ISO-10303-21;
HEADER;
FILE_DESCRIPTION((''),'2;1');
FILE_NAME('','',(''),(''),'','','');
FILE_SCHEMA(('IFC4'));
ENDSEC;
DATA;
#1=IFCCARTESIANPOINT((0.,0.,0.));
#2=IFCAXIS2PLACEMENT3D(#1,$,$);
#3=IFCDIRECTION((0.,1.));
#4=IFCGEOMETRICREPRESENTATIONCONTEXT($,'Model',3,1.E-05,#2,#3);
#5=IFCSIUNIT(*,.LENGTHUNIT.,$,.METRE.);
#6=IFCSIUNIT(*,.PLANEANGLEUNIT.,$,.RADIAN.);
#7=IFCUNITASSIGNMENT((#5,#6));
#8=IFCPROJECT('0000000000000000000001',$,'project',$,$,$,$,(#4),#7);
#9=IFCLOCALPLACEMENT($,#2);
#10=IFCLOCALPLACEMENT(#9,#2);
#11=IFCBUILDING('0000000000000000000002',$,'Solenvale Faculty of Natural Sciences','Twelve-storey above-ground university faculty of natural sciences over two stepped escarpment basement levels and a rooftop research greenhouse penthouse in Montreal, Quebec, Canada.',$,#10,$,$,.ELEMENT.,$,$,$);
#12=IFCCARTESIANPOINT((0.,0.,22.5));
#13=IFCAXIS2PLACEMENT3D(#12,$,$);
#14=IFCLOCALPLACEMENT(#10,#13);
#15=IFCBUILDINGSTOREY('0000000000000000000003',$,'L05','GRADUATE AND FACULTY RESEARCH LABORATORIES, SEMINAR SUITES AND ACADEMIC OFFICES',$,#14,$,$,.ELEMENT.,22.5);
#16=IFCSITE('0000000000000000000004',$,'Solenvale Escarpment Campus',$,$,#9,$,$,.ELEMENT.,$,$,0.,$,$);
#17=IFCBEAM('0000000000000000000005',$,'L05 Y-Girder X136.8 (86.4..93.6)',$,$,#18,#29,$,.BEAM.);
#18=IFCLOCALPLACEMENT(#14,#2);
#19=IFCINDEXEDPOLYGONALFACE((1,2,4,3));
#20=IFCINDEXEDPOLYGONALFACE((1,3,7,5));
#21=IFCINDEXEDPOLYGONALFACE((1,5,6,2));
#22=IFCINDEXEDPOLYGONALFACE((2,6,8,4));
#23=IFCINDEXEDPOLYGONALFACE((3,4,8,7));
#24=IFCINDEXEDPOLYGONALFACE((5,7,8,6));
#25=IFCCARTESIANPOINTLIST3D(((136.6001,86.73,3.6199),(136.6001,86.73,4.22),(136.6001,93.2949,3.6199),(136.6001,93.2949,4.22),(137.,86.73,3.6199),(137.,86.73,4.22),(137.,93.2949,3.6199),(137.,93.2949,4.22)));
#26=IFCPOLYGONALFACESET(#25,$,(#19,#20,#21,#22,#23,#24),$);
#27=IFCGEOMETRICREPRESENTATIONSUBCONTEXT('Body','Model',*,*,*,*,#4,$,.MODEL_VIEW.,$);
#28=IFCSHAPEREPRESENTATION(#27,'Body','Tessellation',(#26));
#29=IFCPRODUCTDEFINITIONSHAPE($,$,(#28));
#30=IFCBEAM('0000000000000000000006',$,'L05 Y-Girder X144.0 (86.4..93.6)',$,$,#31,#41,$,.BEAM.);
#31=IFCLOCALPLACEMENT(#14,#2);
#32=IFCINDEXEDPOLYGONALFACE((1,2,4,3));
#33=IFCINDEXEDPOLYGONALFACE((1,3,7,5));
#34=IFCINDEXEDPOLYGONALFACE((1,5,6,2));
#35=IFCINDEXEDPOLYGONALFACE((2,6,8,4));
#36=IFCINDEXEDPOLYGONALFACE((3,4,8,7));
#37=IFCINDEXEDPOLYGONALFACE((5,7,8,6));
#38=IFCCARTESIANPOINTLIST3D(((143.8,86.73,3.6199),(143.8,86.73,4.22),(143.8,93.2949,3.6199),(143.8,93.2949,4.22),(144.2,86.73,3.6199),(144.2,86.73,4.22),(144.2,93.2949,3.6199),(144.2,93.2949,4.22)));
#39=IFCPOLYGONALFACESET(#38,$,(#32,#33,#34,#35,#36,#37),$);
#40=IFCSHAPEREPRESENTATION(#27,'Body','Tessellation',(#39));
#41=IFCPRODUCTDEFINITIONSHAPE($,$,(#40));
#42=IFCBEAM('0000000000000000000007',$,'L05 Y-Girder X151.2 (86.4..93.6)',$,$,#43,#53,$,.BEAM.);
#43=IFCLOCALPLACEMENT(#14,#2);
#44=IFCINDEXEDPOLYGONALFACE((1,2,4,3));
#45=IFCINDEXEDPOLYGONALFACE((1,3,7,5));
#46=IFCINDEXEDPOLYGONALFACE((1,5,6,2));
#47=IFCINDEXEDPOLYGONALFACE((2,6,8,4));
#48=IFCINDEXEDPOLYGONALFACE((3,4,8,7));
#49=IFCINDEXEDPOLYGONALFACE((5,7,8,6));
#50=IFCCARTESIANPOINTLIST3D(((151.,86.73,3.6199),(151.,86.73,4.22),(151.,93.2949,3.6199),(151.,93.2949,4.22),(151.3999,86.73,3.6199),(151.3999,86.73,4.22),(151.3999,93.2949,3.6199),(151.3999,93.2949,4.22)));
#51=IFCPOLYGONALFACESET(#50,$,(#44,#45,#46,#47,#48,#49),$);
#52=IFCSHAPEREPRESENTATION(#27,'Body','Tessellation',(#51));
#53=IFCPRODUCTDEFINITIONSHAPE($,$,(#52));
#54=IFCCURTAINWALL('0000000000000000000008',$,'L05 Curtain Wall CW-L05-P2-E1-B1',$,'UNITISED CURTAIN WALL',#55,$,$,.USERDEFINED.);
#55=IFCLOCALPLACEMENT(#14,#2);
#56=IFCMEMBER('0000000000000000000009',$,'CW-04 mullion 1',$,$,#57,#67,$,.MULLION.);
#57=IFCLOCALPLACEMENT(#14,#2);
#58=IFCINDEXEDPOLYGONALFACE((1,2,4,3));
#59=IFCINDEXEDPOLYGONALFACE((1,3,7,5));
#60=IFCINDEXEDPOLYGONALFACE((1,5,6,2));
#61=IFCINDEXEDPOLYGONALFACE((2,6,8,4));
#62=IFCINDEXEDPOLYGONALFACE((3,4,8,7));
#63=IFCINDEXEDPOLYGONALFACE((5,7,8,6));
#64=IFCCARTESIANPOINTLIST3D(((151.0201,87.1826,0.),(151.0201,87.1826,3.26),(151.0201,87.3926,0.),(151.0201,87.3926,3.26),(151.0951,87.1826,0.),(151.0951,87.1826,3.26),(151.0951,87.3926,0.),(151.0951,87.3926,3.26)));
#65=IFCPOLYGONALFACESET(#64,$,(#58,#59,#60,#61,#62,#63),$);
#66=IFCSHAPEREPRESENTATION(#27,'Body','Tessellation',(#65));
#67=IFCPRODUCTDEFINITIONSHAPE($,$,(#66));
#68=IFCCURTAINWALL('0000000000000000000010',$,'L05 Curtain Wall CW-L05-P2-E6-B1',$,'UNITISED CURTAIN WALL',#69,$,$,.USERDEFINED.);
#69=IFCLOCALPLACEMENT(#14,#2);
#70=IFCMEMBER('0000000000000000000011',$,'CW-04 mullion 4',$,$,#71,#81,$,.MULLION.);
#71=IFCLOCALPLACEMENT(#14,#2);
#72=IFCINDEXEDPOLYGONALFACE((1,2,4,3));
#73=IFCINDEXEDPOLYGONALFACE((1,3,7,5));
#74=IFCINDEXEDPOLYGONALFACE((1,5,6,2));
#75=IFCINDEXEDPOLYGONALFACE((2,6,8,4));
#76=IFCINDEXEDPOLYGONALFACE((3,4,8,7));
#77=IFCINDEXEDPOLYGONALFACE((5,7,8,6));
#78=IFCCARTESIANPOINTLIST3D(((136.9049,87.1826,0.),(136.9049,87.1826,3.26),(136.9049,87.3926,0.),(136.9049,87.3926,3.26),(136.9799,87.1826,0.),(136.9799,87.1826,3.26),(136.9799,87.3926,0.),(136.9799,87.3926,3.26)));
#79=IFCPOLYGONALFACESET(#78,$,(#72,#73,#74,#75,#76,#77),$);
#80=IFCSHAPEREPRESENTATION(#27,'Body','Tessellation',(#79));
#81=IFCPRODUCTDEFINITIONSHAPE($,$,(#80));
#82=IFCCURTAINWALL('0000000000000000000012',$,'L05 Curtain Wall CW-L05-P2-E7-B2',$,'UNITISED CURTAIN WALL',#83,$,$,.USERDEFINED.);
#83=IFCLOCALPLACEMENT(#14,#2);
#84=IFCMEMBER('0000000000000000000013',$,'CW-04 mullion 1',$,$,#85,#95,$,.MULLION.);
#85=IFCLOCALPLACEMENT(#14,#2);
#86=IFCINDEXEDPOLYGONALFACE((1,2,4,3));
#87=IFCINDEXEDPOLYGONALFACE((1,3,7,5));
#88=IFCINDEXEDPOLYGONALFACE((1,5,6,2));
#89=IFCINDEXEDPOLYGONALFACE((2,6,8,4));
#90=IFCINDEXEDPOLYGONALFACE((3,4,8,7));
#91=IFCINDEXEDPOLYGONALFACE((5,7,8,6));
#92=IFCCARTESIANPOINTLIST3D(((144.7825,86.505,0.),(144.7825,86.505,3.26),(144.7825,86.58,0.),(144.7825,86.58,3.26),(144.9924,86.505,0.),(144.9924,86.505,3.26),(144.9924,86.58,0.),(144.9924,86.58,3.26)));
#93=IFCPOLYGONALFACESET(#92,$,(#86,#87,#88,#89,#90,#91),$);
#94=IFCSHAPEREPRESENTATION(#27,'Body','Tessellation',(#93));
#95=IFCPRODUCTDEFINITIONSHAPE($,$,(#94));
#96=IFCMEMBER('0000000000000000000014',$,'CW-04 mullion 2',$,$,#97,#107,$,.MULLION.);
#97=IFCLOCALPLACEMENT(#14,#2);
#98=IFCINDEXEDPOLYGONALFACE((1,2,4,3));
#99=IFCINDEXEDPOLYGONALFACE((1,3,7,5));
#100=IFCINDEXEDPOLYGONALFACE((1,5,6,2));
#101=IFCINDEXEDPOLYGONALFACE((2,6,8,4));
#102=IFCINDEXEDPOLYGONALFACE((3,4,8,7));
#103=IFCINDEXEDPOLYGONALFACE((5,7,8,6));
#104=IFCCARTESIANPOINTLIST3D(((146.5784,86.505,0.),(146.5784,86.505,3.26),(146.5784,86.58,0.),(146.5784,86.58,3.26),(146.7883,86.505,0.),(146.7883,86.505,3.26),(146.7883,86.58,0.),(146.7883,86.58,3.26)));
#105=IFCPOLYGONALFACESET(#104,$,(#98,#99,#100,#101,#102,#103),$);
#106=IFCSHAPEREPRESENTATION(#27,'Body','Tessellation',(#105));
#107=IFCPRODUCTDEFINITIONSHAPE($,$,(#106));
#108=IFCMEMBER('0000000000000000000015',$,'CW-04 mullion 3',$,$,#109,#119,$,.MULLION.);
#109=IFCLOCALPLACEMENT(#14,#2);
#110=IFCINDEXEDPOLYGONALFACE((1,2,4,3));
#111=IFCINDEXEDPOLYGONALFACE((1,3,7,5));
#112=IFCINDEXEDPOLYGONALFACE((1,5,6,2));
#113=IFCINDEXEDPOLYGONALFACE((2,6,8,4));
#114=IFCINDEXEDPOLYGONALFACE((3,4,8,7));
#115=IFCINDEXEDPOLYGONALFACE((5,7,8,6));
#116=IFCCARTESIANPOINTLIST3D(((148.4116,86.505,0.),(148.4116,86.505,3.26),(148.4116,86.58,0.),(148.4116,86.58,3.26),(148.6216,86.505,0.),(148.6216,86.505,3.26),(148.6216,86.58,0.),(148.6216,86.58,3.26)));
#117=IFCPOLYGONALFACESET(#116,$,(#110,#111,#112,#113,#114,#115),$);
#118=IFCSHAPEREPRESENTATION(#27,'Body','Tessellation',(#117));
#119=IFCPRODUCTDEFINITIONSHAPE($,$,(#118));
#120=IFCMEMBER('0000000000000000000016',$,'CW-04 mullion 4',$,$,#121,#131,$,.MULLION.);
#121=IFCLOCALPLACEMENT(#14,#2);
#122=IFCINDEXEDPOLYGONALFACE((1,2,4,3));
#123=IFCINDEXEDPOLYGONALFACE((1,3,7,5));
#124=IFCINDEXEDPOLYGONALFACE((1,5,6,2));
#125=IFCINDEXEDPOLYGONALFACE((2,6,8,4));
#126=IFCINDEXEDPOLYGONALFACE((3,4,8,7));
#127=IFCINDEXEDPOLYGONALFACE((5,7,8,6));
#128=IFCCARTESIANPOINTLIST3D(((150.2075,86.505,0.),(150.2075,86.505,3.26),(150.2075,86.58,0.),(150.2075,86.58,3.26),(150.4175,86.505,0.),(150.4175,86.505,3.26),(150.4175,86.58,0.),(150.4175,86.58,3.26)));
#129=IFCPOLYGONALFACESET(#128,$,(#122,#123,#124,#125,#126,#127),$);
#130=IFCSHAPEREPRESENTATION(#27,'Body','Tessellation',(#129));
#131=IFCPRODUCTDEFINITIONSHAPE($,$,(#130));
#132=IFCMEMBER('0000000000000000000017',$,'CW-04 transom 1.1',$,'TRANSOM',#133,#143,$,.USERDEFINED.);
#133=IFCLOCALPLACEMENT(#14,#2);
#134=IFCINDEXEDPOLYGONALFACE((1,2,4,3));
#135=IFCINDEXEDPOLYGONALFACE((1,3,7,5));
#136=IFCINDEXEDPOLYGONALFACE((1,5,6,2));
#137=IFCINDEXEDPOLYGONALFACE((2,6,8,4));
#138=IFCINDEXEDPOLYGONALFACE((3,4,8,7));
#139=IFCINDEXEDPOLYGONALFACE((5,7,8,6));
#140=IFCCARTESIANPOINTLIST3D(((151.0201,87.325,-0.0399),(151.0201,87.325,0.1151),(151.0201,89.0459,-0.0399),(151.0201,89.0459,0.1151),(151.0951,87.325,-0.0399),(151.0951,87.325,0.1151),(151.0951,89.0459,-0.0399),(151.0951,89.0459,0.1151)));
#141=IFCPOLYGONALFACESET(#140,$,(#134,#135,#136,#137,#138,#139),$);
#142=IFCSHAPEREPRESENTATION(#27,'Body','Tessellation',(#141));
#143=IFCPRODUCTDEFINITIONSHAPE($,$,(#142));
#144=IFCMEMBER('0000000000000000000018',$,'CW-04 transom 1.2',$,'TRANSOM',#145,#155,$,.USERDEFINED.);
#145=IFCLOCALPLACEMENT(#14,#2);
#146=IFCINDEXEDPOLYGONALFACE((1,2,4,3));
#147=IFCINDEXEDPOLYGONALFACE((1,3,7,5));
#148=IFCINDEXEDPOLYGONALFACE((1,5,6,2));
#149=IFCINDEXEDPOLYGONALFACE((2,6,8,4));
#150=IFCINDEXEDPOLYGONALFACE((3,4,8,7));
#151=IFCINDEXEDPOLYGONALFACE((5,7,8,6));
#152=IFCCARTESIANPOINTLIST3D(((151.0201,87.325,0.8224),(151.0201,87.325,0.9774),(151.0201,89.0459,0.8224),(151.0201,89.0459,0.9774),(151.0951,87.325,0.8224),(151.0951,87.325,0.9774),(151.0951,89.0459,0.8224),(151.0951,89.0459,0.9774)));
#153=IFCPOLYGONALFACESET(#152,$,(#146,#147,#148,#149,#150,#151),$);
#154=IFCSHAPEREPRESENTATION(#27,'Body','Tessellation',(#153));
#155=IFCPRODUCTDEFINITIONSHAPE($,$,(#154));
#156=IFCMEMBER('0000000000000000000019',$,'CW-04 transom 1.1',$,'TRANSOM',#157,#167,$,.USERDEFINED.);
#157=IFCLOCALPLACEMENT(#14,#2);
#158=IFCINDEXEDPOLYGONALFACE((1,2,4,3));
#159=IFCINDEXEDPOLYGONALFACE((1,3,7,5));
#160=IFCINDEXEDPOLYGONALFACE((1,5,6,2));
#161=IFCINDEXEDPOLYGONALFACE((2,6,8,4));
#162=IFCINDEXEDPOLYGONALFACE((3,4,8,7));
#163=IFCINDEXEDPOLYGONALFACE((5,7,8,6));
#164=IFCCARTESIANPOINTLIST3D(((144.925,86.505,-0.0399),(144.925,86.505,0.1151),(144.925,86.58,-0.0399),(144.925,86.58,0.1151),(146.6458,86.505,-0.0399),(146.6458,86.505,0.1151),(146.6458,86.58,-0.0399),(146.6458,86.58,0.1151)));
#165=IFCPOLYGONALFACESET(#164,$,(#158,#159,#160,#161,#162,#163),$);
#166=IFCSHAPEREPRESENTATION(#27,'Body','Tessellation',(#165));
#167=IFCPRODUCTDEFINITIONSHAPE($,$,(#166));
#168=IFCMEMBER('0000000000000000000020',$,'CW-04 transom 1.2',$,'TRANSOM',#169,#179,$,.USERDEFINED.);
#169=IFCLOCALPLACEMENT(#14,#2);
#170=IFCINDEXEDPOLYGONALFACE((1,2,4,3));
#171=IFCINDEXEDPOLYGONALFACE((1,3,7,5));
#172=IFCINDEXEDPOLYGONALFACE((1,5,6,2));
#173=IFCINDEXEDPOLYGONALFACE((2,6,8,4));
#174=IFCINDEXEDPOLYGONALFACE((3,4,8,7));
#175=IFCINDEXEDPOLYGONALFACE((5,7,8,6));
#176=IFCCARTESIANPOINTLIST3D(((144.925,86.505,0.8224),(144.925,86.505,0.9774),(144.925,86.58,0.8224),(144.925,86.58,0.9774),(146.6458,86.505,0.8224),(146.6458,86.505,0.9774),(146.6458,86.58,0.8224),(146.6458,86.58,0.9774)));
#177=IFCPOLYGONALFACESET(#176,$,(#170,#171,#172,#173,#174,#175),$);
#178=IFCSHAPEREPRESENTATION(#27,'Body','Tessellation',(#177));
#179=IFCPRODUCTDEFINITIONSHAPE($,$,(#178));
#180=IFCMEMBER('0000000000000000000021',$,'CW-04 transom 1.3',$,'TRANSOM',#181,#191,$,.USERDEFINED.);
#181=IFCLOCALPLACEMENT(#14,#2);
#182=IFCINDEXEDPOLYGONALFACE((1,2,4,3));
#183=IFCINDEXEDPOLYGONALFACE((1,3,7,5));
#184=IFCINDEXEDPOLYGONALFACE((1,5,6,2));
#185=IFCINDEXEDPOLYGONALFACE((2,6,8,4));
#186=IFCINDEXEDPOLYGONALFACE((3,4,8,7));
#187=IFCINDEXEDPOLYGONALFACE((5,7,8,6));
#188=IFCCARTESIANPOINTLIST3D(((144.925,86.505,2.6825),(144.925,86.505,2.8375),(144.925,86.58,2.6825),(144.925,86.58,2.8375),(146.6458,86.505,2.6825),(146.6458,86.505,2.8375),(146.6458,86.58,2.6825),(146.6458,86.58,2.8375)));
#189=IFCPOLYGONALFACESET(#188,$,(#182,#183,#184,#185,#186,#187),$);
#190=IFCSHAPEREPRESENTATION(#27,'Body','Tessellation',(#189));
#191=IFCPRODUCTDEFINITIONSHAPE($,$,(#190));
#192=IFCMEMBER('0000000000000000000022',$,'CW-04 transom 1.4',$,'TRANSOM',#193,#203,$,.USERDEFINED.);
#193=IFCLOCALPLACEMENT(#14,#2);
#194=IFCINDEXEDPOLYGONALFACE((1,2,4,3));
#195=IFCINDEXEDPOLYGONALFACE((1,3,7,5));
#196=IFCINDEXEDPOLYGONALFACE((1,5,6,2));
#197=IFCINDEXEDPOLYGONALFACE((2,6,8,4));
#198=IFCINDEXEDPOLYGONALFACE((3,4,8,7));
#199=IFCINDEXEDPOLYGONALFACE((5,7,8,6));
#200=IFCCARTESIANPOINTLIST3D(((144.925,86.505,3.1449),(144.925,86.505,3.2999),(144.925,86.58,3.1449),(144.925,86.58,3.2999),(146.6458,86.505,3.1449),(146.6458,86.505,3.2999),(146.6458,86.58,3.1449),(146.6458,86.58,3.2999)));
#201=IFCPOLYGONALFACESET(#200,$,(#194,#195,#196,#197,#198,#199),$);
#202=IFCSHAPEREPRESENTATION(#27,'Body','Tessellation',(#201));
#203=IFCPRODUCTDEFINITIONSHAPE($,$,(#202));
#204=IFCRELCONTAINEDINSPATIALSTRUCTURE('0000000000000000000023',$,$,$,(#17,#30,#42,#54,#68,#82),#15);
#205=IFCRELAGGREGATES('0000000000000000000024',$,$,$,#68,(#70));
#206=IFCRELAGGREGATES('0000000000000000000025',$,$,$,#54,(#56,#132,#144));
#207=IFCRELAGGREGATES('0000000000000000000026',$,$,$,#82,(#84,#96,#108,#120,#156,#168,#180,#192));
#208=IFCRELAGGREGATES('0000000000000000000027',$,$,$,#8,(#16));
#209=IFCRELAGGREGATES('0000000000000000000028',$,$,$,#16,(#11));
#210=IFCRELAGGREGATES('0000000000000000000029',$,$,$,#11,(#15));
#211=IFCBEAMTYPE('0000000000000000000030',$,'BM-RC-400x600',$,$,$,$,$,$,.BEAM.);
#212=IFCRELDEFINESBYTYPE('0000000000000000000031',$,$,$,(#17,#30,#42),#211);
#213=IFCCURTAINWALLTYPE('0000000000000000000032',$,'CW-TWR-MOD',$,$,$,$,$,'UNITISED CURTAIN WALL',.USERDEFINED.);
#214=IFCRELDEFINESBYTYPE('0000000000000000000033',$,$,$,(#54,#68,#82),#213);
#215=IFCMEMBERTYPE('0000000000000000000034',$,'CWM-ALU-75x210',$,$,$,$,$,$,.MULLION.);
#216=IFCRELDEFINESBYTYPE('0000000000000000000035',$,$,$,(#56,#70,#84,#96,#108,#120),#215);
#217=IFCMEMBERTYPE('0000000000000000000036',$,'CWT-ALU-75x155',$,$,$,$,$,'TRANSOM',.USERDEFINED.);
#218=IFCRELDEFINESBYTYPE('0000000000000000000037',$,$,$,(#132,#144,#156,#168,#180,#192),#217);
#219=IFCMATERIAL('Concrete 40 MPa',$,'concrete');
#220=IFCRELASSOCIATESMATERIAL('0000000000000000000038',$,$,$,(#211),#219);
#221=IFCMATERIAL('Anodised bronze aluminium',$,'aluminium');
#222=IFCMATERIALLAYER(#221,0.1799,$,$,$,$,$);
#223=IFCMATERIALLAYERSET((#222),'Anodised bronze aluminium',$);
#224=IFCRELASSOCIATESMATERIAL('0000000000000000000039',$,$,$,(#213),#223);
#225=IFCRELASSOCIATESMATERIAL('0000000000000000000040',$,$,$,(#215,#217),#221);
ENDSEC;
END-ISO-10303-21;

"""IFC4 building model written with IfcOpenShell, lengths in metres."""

from ifc_helpers import new_model, si_unit, direction, frame, origin, origin_2d, place, context, subcontext, project, spatial, rectangle, extrude, material, layer, layer_set, material_profile, profile_set, type_object, element, aggregate, save


model = new_model("IFC4")

# Units and contexts
model_context = context("Model", 3, precision=1e-05, world=origin(), true_north=direction((0.0, 1.0)))
body_context = subcontext(model_context, "Body", "Model", "MODEL_VIEW")
ifc_project = project(units=[si_unit("LENGTHUNIT", "METRE"), si_unit("PLANEANGLEUNIT", "RADIAN")], contexts=[model_context])

# Site, building, storey
site_placement = place(None, origin())
site = spatial("IfcSite", under=ifc_project, at=site_placement, Name="Solenvale Escarpment Campus", CompositionType="ELEMENT", RefElevation=0.0)
building_placement = place(site_placement, origin())
building = spatial("IfcBuilding", under=site, at=building_placement, Name="Solenvale Faculty of Natural Sciences", Description="Twelve-storey above-ground university faculty of natural sciences over two stepped escarpment basement levels and a rooftop research greenhouse penthouse in Montreal, Quebec, Canada.", CompositionType="ELEMENT")
storey_placement = place(building_placement, frame((0.0, 0.0, 22.5)))
storey = spatial("IfcBuildingStorey", under=building, at=storey_placement, Name="L05", Description="GRADUATE AND FACULTY RESEARCH LABORATORIES, SEMINAR SUITES AND ACADEMIC OFFICES", CompositionType="ELEMENT", Elevation=22.5)

# Beams
ifc_material_1 = material(Name="Concrete 40 MPa", Category="concrete")
ifc_material_profile_1 = material_profile(ifc_material_1, rectangle(XDim=0.3999, YDim=0.6001, at=origin_2d()), Name="RC-BM-400x600")
ifc_profile_set_1 = profile_set([ifc_material_profile_1], Name="Concrete 40 MPa")
beam_type = type_object("IfcBeamType", Name="BM-RC-400x600", PredefinedType="BEAM", material=ifc_profile_set_1)
for number, where, z_axis, x_axis, name in (
    (1, (136.8, 86.73, 3.9199), (0.0, 1.0, 0.0), (-1.0, 0.0, 0.0), "L05 Y-Girder X136.8 (86.4..93.6)"),
    (2, (144.0, 86.73, 3.9199), (0.0, 1.0, 0.0), (-1.0, 0.0, 0.0), "L05 Y-Girder X144.0 (86.4..93.6)"),
    (3, (151.2, 86.73, 3.9199), (0.0, 1.0, 0.0), (-1.0, 0.0, 0.0), "L05 Y-Girder X151.2 (86.4..93.6)"),
):
    element("IfcBeam", number, at=place(storey_placement, frame(where, z_axis=z_axis, x_axis=x_axis)), inside=storey, type_object=beam_type, Name=name, PredefinedType="BEAM", context=body_context, shape_type="SweptSolid", body=[
        extrude(rectangle(XDim=0.3999, YDim=0.6001, at=origin_2d()), origin(), (0.0, 0.0, 1.0), 6.5649),
    ])

# Curtain walls, members
ifc_material_2 = material(Name="Anodised bronze aluminium", Category="aluminium")
ifc_layer_1 = layer(ifc_material_2, 0.1799)
ifc_layer_set_1 = layer_set([ifc_layer_1], Name="Anodised bronze aluminium")
curtain_wall_type = type_object("IfcCurtainWallType", Name="CW-TWR-MOD", ElementType="UNITISED CURTAIN WALL", PredefinedType="USERDEFINED", material=ifc_layer_set_1)
curtain_wall_1_placement = place(storey_placement, origin())
curtain_wall_1 = element("IfcCurtainWall", 4, at=curtain_wall_1_placement, inside=storey, type_object=curtain_wall_type, Name="L05 Curtain Wall CW-L05-P2-E1-B1", ObjectType="UNITISED CURTAIN WALL", PredefinedType="USERDEFINED")
ifc_material_profile_2 = material_profile(ifc_material_2, rectangle(XDim=0.075, YDim=0.21, at=origin_2d()), Name="ALU-MUL-75x210")
ifc_profile_set_2 = profile_set([ifc_material_profile_2], Name="Anodised bronze aluminium")
member_type_1 = type_object("IfcMemberType", Name="CWM-ALU-75x210", PredefinedType="MULLION", material=ifc_profile_set_2)
member_1_placement = place(storey_placement, frame((151.0576, 87.2876, 0.0), z_axis=(0.0, 0.0, 1.0), x_axis=(-1.0, 0.0, 0.0)))
member_1 = element("IfcMember", 5, at=member_1_placement, type_object=member_type_1, Name="CW-04 mullion 1", PredefinedType="MULLION", context=body_context, shape_type="SweptSolid", body=[
    extrude(rectangle(XDim=0.075, YDim=0.21, at=origin_2d()), origin(), (0.0, 0.0, 1.0), 3.26),
])
curtain_wall_2_placement = place(storey_placement, origin())
curtain_wall_2 = element("IfcCurtainWall", 6, at=curtain_wall_2_placement, inside=storey, type_object=curtain_wall_type, Name="L05 Curtain Wall CW-L05-P2-E6-B1", ObjectType="UNITISED CURTAIN WALL", PredefinedType="USERDEFINED")
member_2_placement = place(storey_placement, frame((136.9424, 87.2876, 0.0), z_axis=(0.0, 0.0, 1.0), x_axis=(1.0, 0.0, 0.0)))
member_2 = element("IfcMember", 7, at=member_2_placement, type_object=member_type_1, Name="CW-04 mullion 4", PredefinedType="MULLION", context=body_context, shape_type="SweptSolid", body=[
    extrude(rectangle(XDim=0.075, YDim=0.21, at=origin_2d()), origin(), (0.0, 0.0, 1.0), 3.26),
])
aggregate(curtain_wall_2, [member_2])

# Curtain wall, members
curtain_wall_3_placement = place(storey_placement, origin())
curtain_wall_3 = element("IfcCurtainWall", 8, at=curtain_wall_3_placement, inside=storey, type_object=curtain_wall_type, Name="L05 Curtain Wall CW-L05-P2-E7-B2", ObjectType="UNITISED CURTAIN WALL", PredefinedType="USERDEFINED")
member_3_placement = place(storey_placement, frame((144.8875, 86.5425, 0.0), z_axis=(0.0, 0.0, 1.0), x_axis=(0.0, 1.0, 0.0)))
member_3 = element("IfcMember", 9, at=member_3_placement, type_object=member_type_1, Name="CW-04 mullion 1", PredefinedType="MULLION", context=body_context, shape_type="SweptSolid", body=[
    extrude(rectangle(XDim=0.075, YDim=0.21, at=origin_2d()), origin(), (0.0, 0.0, 1.0), 3.26),
])
member_4_placement = place(storey_placement, frame((146.6833, 86.5425, 0.0), z_axis=(0.0, 0.0, 1.0), x_axis=(0.0, 1.0, 0.0)))
member_4 = element("IfcMember", 10, at=member_4_placement, type_object=member_type_1, Name="CW-04 mullion 2", PredefinedType="MULLION", context=body_context, shape_type="SweptSolid", body=[
    extrude(rectangle(XDim=0.075, YDim=0.21, at=origin_2d()), origin(), (0.0, 0.0, 1.0), 3.26),
])
member_5_placement = place(storey_placement, frame((148.5166, 86.5425, 0.0), z_axis=(0.0, 0.0, 1.0), x_axis=(0.0, 1.0, 0.0)))
member_5 = element("IfcMember", 11, at=member_5_placement, type_object=member_type_1, Name="CW-04 mullion 3", PredefinedType="MULLION", context=body_context, shape_type="SweptSolid", body=[
    extrude(rectangle(XDim=0.075, YDim=0.21, at=origin_2d()), origin(), (0.0, 0.0, 1.0), 3.26),
])
member_6_placement = place(storey_placement, frame((150.3125, 86.5425, 0.0), z_axis=(0.0, 0.0, 1.0), x_axis=(0.0, 1.0, 0.0)))
member_6 = element("IfcMember", 12, at=member_6_placement, type_object=member_type_1, Name="CW-04 mullion 4", PredefinedType="MULLION", context=body_context, shape_type="SweptSolid", body=[
    extrude(rectangle(XDim=0.075, YDim=0.21, at=origin_2d()), origin(), (0.0, 0.0, 1.0), 3.26),
])

# Members
ifc_material_profile_3 = material_profile(ifc_material_2, rectangle(XDim=0.075, YDim=0.155, at=origin_2d()), Name="ALU-TRN-75x155")
ifc_profile_set_3 = profile_set([ifc_material_profile_3], Name="Anodised bronze aluminium")
member_type_2 = type_object("IfcMemberType", Name="CWT-ALU-75x155", ElementType="TRANSOM", PredefinedType="USERDEFINED", material=ifc_profile_set_3)
member_7_placement = place(storey_placement, frame((151.0576, 87.325, 0.0376), z_axis=(0.0, 1.0, 0.0), x_axis=(-1.0, 0.0, 0.0)))
member_7 = element("IfcMember", 13, at=member_7_placement, type_object=member_type_2, Name="CW-04 transom 1.1", ObjectType="TRANSOM", PredefinedType="USERDEFINED", context=body_context, shape_type="SweptSolid", body=[
    extrude(rectangle(XDim=0.075, YDim=0.155, at=origin_2d()), origin(), (0.0, 0.0, 1.0), 1.7209),
])
member_8_placement = place(storey_placement, frame((151.0576, 87.325, 0.8999), z_axis=(0.0, 1.0, 0.0), x_axis=(-1.0, 0.0, 0.0)))
member_8 = element("IfcMember", 14, at=member_8_placement, type_object=member_type_2, Name="CW-04 transom 1.2", ObjectType="TRANSOM", PredefinedType="USERDEFINED", context=body_context, shape_type="SweptSolid", body=[
    extrude(rectangle(XDim=0.075, YDim=0.155, at=origin_2d()), origin(), (0.0, 0.0, 1.0), 1.7209),
])
aggregate(curtain_wall_1, [member_1, member_7, member_8])
member_9_placement = place(storey_placement, frame((144.925, 86.5425, 0.0376), z_axis=(1.0, 0.0, 0.0), x_axis=(0.0, 1.0, 0.0)))
member_9 = element("IfcMember", 15, at=member_9_placement, type_object=member_type_2, Name="CW-04 transom 1.1", ObjectType="TRANSOM", PredefinedType="USERDEFINED", context=body_context, shape_type="SweptSolid", body=[
    extrude(rectangle(XDim=0.075, YDim=0.155, at=origin_2d()), origin(), (0.0, 0.0, 1.0), 1.7207),
])
member_10_placement = place(storey_placement, frame((144.925, 86.5425, 0.8999), z_axis=(1.0, 0.0, 0.0), x_axis=(0.0, 1.0, 0.0)))
member_10 = element("IfcMember", 16, at=member_10_placement, type_object=member_type_2, Name="CW-04 transom 1.2", ObjectType="TRANSOM", PredefinedType="USERDEFINED", context=body_context, shape_type="SweptSolid", body=[
    extrude(rectangle(XDim=0.075, YDim=0.155, at=origin_2d()), origin(), (0.0, 0.0, 1.0), 1.7207),
])
member_11_placement = place(storey_placement, frame((144.925, 86.5425, 2.76), z_axis=(1.0, 0.0, 0.0), x_axis=(0.0, 1.0, 0.0)))
member_11 = element("IfcMember", 17, at=member_11_placement, type_object=member_type_2, Name="CW-04 transom 1.3", ObjectType="TRANSOM", PredefinedType="USERDEFINED", context=body_context, shape_type="SweptSolid", body=[
    extrude(rectangle(XDim=0.075, YDim=0.155, at=origin_2d()), origin(), (0.0, 0.0, 1.0), 1.7207),
])
member_12_placement = place(storey_placement, frame((144.925, 86.5425, 3.2224), z_axis=(1.0, 0.0, 0.0), x_axis=(0.0, 1.0, 0.0)))
member_12 = element("IfcMember", 18, at=member_12_placement, type_object=member_type_2, Name="CW-04 transom 1.4", ObjectType="TRANSOM", PredefinedType="USERDEFINED", context=body_context, shape_type="SweptSolid", body=[
    extrude(rectangle(XDim=0.075, YDim=0.155, at=origin_2d()), origin(), (0.0, 0.0, 1.0), 1.7207),
])

aggregate(curtain_wall_3, [member_3, member_4, member_5, member_6, member_9, member_10, member_11, member_12])

save(model, "model.ifc")
